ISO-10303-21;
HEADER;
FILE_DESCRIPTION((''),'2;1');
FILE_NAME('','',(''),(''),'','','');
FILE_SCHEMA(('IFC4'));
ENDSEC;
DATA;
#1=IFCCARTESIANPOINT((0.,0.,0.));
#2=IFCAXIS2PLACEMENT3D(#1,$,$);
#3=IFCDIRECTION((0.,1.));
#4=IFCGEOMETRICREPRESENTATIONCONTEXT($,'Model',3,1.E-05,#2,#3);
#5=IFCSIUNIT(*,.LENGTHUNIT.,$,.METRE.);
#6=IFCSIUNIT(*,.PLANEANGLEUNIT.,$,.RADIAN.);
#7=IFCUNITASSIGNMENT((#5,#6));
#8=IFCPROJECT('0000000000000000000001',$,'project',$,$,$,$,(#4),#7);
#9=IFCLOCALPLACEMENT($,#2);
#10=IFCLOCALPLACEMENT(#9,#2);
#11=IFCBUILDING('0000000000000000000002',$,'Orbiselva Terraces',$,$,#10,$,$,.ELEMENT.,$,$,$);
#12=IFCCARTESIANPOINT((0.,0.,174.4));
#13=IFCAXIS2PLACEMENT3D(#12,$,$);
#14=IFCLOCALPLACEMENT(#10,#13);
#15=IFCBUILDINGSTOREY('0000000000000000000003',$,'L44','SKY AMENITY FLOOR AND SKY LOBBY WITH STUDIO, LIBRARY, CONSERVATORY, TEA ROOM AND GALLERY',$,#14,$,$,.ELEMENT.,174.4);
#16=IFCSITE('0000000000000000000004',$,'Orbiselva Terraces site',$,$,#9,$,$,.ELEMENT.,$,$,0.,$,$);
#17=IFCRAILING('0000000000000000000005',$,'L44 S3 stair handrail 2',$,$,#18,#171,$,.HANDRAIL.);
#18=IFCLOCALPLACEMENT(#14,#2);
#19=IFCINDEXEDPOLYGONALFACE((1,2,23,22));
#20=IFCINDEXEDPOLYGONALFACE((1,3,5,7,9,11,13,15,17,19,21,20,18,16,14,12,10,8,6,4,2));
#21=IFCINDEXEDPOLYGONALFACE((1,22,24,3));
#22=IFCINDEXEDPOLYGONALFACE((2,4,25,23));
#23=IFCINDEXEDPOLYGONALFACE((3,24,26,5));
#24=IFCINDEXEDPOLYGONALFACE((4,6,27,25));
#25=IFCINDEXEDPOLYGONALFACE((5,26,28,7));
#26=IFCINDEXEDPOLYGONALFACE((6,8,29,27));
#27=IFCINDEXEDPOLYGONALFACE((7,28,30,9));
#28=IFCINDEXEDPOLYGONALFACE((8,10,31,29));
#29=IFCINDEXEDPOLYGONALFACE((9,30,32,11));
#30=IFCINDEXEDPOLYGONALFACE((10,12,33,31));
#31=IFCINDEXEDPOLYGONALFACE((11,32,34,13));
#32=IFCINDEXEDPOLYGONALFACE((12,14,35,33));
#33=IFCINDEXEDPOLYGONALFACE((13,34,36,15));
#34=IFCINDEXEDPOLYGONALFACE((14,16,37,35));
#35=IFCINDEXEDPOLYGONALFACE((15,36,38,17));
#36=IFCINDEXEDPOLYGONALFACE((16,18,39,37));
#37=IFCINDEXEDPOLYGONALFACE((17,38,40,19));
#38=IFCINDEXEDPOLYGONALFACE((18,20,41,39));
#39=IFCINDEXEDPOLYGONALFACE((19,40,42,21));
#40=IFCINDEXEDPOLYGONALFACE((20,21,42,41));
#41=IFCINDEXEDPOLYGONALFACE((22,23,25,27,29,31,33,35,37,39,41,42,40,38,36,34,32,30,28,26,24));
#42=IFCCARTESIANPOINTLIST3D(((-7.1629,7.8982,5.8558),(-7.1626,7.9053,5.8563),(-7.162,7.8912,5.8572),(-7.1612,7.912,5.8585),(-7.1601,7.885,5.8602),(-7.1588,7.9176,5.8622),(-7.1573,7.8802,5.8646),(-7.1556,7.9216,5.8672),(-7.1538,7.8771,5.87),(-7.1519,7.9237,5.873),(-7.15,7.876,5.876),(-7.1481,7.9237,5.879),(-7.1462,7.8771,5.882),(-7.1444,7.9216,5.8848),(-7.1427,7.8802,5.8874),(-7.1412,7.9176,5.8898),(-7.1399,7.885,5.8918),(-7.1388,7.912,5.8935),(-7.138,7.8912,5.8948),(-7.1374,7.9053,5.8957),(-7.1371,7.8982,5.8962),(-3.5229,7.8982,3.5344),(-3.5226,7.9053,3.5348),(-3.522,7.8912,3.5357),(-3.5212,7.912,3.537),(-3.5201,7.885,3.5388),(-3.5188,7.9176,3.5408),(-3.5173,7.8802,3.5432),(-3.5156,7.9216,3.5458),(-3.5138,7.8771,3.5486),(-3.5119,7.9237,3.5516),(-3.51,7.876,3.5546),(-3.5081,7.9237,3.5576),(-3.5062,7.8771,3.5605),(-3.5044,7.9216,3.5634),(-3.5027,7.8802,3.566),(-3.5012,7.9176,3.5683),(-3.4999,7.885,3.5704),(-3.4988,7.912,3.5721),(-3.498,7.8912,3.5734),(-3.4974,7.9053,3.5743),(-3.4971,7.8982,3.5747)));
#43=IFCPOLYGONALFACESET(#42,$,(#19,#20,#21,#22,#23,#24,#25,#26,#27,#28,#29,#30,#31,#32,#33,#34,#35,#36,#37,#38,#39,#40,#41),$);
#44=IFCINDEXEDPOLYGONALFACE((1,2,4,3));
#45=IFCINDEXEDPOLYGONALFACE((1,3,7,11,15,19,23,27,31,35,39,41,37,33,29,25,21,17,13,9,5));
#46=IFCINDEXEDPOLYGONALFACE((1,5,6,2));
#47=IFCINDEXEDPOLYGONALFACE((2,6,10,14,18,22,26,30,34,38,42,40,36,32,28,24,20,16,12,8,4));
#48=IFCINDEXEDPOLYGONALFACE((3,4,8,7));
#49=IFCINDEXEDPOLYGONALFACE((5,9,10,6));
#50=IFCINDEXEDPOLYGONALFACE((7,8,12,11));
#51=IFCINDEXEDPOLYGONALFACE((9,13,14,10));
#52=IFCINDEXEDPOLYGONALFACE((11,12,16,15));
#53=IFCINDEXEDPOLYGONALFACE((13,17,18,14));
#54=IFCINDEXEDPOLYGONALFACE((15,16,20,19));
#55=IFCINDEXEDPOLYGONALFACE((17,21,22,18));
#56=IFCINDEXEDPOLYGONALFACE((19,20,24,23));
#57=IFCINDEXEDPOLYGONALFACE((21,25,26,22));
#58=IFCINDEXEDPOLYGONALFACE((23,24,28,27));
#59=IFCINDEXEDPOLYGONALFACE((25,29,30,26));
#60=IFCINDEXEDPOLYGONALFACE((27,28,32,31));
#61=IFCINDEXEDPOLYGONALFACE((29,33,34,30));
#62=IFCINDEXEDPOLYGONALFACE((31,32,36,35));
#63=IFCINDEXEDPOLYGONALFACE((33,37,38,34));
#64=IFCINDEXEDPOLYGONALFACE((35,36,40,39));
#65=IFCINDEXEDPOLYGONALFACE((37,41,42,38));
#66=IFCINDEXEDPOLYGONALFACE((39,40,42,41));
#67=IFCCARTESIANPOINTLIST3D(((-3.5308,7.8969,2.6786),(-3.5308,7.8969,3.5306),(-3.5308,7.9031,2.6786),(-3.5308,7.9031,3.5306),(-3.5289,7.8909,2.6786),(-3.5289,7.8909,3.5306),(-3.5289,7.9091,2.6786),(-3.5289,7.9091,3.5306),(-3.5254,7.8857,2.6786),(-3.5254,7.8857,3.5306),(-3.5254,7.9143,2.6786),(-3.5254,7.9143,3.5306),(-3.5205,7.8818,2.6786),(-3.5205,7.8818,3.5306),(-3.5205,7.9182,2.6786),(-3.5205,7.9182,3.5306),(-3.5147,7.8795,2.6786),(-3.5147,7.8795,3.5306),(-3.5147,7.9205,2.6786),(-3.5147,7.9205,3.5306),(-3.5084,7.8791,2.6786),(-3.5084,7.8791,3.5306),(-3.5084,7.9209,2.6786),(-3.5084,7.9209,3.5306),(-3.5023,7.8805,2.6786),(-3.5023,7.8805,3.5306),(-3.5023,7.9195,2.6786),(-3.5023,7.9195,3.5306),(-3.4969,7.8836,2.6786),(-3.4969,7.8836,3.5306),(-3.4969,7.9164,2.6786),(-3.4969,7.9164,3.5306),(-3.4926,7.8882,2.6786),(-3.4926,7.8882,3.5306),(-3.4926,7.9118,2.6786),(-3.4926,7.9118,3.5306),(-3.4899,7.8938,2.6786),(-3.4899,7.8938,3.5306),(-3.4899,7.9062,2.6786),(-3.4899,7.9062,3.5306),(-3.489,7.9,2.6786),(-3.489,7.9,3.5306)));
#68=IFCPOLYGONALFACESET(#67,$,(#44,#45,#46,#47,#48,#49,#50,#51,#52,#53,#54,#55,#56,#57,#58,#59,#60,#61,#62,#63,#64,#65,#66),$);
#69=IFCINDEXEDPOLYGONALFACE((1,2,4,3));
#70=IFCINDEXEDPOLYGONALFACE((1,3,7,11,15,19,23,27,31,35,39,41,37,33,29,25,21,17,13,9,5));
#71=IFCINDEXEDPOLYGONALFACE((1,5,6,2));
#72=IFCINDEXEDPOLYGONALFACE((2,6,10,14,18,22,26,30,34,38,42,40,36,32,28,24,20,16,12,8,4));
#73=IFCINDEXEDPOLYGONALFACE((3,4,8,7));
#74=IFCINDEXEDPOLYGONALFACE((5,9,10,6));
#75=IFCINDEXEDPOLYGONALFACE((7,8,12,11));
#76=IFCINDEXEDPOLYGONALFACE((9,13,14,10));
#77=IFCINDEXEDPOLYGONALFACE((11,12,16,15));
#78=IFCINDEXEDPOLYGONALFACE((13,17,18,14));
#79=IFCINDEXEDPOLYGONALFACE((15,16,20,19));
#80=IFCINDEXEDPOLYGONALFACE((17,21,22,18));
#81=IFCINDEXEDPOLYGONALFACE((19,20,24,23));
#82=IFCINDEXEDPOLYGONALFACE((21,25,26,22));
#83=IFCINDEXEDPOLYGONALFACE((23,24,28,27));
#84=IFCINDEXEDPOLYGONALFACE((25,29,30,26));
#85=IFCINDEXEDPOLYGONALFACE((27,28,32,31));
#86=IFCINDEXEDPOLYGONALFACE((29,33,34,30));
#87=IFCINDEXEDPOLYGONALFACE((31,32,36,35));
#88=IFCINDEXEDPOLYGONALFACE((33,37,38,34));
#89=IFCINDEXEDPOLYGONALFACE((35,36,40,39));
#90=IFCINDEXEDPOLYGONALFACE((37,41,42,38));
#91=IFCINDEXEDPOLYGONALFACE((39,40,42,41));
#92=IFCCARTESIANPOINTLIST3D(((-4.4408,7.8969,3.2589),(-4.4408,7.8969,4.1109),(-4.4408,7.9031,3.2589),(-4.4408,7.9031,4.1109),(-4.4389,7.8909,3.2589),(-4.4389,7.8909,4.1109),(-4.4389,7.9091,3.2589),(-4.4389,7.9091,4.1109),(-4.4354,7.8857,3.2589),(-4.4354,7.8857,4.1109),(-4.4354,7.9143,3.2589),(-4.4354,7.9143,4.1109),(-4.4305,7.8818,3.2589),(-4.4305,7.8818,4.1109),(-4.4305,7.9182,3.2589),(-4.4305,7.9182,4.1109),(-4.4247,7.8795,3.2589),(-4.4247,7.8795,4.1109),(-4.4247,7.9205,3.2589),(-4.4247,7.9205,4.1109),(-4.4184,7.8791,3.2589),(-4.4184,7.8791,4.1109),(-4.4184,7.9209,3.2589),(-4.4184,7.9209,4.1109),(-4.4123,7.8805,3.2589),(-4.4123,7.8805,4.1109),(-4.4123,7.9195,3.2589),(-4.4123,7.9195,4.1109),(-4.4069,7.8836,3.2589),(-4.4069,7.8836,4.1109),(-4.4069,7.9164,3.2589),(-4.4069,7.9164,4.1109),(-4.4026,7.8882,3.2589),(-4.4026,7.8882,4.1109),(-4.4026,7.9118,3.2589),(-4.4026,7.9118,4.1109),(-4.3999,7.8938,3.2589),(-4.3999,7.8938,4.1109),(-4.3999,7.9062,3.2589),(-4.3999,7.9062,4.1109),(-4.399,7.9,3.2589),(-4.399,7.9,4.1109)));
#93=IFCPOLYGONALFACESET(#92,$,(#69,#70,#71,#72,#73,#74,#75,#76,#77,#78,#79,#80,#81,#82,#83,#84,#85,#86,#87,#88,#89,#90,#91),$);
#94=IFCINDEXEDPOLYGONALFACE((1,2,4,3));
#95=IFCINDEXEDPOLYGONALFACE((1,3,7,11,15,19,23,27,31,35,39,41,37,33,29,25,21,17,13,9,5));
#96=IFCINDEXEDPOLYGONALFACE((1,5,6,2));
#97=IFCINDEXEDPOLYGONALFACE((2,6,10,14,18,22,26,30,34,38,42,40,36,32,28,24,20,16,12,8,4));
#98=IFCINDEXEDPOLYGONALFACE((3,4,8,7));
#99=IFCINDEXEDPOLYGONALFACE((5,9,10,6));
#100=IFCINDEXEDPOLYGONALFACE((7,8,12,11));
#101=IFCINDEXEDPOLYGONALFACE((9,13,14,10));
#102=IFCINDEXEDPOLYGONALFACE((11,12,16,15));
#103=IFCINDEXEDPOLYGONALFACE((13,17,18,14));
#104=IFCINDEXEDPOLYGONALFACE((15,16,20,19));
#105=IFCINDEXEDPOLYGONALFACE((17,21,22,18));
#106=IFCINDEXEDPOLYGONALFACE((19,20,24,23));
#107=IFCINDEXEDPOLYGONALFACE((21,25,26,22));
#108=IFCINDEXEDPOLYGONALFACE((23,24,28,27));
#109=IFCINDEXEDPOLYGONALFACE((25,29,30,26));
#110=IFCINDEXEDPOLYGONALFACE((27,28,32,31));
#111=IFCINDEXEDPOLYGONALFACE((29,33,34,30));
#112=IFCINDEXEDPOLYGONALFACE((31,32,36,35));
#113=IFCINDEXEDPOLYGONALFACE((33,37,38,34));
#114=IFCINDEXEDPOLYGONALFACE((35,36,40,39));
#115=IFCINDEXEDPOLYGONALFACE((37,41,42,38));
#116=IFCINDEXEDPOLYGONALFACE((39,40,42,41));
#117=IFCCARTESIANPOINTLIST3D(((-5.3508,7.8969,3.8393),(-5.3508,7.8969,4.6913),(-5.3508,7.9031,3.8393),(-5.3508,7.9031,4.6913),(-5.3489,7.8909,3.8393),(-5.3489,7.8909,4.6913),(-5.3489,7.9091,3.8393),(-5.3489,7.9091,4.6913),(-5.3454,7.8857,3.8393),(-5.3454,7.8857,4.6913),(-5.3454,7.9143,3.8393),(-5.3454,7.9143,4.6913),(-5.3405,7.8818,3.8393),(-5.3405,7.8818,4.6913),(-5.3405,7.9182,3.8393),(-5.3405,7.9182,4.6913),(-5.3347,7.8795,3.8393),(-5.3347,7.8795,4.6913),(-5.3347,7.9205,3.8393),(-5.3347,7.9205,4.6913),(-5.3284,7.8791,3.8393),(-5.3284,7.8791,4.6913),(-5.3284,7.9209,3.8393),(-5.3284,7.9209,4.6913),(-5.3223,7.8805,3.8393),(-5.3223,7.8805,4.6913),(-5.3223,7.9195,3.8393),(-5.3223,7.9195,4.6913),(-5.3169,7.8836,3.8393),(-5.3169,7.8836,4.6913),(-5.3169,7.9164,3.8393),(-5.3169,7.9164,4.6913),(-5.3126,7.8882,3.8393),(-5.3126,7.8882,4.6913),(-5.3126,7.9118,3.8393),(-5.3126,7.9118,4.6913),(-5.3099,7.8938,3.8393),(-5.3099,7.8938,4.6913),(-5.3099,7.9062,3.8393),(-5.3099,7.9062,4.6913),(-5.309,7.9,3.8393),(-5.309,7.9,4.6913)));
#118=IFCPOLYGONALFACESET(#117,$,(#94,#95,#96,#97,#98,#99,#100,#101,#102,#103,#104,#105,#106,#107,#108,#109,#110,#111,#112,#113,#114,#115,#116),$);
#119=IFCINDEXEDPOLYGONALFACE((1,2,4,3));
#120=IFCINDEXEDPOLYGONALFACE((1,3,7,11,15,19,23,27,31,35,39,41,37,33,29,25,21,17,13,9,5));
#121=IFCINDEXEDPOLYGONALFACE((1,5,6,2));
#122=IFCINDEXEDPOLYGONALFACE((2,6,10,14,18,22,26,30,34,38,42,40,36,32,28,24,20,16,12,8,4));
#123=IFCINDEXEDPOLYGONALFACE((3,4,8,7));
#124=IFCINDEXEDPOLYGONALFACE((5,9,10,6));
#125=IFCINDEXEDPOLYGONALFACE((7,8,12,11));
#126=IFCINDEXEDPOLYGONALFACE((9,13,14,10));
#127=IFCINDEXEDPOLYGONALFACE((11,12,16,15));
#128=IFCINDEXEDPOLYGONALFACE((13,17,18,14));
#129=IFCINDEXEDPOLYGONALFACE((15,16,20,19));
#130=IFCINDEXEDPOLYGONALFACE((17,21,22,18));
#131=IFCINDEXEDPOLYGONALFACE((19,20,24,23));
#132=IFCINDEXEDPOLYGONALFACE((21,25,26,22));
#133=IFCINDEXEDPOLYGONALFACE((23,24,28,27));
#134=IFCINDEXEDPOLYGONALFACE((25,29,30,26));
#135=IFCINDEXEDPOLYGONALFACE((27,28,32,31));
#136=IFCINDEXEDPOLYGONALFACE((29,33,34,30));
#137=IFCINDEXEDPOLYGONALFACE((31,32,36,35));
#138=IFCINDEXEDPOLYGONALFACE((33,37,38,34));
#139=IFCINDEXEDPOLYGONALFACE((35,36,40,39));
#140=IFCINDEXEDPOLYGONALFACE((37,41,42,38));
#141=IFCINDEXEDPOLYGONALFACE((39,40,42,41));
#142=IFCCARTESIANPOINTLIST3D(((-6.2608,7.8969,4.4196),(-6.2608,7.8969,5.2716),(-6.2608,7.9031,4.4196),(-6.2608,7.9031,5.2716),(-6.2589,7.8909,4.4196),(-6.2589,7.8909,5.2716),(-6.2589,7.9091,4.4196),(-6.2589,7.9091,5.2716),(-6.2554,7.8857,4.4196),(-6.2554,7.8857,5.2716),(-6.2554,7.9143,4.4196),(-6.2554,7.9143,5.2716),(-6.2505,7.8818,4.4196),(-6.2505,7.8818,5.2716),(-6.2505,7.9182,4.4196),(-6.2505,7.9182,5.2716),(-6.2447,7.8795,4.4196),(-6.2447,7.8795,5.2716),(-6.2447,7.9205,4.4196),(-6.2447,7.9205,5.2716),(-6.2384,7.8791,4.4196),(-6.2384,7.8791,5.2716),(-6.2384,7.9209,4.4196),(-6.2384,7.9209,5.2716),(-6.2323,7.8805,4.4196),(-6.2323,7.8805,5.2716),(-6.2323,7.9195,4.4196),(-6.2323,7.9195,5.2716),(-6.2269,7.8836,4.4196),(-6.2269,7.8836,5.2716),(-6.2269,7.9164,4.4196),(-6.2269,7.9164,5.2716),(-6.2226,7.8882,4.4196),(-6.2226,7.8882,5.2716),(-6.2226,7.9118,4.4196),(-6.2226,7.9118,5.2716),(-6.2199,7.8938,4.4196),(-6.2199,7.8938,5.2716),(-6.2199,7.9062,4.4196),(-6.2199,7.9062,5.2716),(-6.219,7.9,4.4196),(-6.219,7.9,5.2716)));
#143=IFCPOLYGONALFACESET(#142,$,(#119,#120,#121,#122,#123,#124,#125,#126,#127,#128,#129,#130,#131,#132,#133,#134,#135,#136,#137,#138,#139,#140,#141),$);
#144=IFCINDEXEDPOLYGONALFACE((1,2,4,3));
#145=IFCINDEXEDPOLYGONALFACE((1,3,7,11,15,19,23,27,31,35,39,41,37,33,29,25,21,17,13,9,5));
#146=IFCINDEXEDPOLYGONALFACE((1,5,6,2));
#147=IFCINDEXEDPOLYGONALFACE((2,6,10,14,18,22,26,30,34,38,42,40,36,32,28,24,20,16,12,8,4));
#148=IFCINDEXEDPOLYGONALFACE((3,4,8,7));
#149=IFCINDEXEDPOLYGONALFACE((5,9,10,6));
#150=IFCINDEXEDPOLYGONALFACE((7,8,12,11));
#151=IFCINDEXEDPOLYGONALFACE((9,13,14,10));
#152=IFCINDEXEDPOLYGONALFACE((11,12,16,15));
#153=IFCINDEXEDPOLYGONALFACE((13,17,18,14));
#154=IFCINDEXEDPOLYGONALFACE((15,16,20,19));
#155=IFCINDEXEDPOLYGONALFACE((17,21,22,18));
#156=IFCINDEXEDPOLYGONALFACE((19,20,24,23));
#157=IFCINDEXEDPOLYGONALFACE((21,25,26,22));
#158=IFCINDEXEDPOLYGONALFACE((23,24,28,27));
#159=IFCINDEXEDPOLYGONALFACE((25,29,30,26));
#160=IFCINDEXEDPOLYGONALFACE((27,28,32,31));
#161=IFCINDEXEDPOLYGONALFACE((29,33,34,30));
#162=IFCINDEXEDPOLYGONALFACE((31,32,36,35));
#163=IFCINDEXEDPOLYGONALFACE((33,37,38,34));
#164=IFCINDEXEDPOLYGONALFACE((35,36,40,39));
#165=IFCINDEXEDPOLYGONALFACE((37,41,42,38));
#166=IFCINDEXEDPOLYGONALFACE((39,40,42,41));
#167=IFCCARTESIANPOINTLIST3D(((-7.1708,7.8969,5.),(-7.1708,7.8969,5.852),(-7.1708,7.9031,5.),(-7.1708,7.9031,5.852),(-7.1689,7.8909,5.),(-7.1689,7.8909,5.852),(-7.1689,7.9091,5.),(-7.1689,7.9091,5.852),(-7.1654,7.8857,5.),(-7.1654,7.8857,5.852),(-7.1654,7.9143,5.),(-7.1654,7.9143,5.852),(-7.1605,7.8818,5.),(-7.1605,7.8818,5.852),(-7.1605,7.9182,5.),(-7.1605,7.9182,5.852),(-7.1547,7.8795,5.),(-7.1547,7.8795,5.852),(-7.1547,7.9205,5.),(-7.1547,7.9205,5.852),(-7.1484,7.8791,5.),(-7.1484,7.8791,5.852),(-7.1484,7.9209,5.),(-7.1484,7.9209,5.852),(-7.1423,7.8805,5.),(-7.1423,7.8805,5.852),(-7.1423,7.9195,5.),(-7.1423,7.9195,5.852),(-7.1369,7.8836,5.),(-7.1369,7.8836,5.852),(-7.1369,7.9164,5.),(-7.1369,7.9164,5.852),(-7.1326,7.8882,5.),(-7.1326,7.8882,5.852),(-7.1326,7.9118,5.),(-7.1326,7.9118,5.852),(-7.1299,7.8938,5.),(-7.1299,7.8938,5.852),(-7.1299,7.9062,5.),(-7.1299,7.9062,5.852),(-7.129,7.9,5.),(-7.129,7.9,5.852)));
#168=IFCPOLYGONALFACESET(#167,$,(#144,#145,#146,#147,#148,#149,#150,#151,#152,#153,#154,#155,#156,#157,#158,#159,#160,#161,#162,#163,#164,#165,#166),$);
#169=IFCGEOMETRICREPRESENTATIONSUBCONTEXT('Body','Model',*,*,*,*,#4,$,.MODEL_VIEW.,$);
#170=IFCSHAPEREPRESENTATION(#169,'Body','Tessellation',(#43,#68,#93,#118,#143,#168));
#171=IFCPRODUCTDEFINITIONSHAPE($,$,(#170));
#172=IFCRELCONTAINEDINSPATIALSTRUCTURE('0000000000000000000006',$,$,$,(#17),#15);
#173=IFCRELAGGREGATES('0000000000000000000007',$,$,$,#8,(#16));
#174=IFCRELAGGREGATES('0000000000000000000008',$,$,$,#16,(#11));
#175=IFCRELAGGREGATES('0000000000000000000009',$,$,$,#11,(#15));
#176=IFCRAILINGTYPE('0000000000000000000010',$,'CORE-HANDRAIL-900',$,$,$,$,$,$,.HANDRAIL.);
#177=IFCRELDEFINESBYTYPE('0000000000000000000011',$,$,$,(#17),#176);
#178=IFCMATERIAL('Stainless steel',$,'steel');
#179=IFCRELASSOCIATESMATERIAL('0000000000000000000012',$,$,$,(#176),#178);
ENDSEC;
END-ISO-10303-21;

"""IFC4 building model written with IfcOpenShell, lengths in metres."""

from ifc_helpers import new_model, si_unit, direction, frame, origin, origin_2d, place, context, subcontext, project, spatial, circle, extrude, material, type_object, element, save


model = new_model("IFC4")

# Units and contexts
model_context = context("Model", 3, precision=1e-05, world=origin(), true_north=direction((0.0, 1.0)))
body_context = subcontext(model_context, "Body", "Model", "MODEL_VIEW")
ifc_project = project(units=[si_unit("LENGTHUNIT", "METRE"), si_unit("PLANEANGLEUNIT", "RADIAN")], contexts=[model_context])

# Site, building, storey
site_placement = place(None, origin())
site = spatial("IfcSite", under=ifc_project, at=site_placement, Name="Orbiselva Terraces site", CompositionType="ELEMENT", RefElevation=0.0)
building_placement = place(site_placement, origin())
building = spatial("IfcBuilding", under=site, at=building_placement, Name="Orbiselva Terraces", CompositionType="ELEMENT")
storey_placement = place(building_placement, frame((0.0, 0.0, 174.4)))
storey = spatial("IfcBuildingStorey", under=building, at=storey_placement, Name="L44", Description="SKY AMENITY FLOOR AND SKY LOBBY WITH STUDIO, LIBRARY, CONSERVATORY, TEA ROOM AND GALLERY", CompositionType="ELEMENT", Elevation=174.4)

# Railing
ifc_material_1 = material(Name="Stainless steel", Category="steel")
railing_type_1 = type_object("IfcRailingType", Name="CORE-HANDRAIL-900", PredefinedType="HANDRAIL", material=ifc_material_1)
railing_1_placement = place(storey_placement, frame((-3.51, 7.9, 2.6786)))
element("IfcRailing", 1, at=railing_1_placement, inside=storey, type_object=railing_type_1, Name="L44 S3 stair handrail 2", PredefinedType="HANDRAIL", context=body_context, shape_type="SweptSolid", body=[
    extrude(circle(Radius=0.024, at=origin_2d()), frame((0.0, 0.0, 0.876), z_axis=(-0.84313, 0.0, 0.53771), x_axis=(0.0, -1.0, 0.0)), (0.0, 0.0, 1.0), 4.3172),
    extrude(circle(Radius=0.021, at=origin_2d()), origin(), (0.0, 0.0, 1.0), 0.852),
    extrude(circle(Radius=0.021, at=origin_2d()), frame((-0.91, 0.0, 0.5804)), (0.0, 0.0, 1.0), 0.852),
    extrude(circle(Radius=0.021, at=origin_2d()), frame((-1.82, 0.0, 1.1607)), (0.0, 0.0, 1.0), 0.852),
    extrude(circle(Radius=0.021, at=origin_2d()), frame((-2.73, 0.0, 1.7411)), (0.0, 0.0, 1.0), 0.852),
    extrude(circle(Radius=0.021, at=origin_2d()), frame((-3.64, 0.0, 2.3214)), (0.0, 0.0, 1.0), 0.852),
])

save(model, "model.ifc")
